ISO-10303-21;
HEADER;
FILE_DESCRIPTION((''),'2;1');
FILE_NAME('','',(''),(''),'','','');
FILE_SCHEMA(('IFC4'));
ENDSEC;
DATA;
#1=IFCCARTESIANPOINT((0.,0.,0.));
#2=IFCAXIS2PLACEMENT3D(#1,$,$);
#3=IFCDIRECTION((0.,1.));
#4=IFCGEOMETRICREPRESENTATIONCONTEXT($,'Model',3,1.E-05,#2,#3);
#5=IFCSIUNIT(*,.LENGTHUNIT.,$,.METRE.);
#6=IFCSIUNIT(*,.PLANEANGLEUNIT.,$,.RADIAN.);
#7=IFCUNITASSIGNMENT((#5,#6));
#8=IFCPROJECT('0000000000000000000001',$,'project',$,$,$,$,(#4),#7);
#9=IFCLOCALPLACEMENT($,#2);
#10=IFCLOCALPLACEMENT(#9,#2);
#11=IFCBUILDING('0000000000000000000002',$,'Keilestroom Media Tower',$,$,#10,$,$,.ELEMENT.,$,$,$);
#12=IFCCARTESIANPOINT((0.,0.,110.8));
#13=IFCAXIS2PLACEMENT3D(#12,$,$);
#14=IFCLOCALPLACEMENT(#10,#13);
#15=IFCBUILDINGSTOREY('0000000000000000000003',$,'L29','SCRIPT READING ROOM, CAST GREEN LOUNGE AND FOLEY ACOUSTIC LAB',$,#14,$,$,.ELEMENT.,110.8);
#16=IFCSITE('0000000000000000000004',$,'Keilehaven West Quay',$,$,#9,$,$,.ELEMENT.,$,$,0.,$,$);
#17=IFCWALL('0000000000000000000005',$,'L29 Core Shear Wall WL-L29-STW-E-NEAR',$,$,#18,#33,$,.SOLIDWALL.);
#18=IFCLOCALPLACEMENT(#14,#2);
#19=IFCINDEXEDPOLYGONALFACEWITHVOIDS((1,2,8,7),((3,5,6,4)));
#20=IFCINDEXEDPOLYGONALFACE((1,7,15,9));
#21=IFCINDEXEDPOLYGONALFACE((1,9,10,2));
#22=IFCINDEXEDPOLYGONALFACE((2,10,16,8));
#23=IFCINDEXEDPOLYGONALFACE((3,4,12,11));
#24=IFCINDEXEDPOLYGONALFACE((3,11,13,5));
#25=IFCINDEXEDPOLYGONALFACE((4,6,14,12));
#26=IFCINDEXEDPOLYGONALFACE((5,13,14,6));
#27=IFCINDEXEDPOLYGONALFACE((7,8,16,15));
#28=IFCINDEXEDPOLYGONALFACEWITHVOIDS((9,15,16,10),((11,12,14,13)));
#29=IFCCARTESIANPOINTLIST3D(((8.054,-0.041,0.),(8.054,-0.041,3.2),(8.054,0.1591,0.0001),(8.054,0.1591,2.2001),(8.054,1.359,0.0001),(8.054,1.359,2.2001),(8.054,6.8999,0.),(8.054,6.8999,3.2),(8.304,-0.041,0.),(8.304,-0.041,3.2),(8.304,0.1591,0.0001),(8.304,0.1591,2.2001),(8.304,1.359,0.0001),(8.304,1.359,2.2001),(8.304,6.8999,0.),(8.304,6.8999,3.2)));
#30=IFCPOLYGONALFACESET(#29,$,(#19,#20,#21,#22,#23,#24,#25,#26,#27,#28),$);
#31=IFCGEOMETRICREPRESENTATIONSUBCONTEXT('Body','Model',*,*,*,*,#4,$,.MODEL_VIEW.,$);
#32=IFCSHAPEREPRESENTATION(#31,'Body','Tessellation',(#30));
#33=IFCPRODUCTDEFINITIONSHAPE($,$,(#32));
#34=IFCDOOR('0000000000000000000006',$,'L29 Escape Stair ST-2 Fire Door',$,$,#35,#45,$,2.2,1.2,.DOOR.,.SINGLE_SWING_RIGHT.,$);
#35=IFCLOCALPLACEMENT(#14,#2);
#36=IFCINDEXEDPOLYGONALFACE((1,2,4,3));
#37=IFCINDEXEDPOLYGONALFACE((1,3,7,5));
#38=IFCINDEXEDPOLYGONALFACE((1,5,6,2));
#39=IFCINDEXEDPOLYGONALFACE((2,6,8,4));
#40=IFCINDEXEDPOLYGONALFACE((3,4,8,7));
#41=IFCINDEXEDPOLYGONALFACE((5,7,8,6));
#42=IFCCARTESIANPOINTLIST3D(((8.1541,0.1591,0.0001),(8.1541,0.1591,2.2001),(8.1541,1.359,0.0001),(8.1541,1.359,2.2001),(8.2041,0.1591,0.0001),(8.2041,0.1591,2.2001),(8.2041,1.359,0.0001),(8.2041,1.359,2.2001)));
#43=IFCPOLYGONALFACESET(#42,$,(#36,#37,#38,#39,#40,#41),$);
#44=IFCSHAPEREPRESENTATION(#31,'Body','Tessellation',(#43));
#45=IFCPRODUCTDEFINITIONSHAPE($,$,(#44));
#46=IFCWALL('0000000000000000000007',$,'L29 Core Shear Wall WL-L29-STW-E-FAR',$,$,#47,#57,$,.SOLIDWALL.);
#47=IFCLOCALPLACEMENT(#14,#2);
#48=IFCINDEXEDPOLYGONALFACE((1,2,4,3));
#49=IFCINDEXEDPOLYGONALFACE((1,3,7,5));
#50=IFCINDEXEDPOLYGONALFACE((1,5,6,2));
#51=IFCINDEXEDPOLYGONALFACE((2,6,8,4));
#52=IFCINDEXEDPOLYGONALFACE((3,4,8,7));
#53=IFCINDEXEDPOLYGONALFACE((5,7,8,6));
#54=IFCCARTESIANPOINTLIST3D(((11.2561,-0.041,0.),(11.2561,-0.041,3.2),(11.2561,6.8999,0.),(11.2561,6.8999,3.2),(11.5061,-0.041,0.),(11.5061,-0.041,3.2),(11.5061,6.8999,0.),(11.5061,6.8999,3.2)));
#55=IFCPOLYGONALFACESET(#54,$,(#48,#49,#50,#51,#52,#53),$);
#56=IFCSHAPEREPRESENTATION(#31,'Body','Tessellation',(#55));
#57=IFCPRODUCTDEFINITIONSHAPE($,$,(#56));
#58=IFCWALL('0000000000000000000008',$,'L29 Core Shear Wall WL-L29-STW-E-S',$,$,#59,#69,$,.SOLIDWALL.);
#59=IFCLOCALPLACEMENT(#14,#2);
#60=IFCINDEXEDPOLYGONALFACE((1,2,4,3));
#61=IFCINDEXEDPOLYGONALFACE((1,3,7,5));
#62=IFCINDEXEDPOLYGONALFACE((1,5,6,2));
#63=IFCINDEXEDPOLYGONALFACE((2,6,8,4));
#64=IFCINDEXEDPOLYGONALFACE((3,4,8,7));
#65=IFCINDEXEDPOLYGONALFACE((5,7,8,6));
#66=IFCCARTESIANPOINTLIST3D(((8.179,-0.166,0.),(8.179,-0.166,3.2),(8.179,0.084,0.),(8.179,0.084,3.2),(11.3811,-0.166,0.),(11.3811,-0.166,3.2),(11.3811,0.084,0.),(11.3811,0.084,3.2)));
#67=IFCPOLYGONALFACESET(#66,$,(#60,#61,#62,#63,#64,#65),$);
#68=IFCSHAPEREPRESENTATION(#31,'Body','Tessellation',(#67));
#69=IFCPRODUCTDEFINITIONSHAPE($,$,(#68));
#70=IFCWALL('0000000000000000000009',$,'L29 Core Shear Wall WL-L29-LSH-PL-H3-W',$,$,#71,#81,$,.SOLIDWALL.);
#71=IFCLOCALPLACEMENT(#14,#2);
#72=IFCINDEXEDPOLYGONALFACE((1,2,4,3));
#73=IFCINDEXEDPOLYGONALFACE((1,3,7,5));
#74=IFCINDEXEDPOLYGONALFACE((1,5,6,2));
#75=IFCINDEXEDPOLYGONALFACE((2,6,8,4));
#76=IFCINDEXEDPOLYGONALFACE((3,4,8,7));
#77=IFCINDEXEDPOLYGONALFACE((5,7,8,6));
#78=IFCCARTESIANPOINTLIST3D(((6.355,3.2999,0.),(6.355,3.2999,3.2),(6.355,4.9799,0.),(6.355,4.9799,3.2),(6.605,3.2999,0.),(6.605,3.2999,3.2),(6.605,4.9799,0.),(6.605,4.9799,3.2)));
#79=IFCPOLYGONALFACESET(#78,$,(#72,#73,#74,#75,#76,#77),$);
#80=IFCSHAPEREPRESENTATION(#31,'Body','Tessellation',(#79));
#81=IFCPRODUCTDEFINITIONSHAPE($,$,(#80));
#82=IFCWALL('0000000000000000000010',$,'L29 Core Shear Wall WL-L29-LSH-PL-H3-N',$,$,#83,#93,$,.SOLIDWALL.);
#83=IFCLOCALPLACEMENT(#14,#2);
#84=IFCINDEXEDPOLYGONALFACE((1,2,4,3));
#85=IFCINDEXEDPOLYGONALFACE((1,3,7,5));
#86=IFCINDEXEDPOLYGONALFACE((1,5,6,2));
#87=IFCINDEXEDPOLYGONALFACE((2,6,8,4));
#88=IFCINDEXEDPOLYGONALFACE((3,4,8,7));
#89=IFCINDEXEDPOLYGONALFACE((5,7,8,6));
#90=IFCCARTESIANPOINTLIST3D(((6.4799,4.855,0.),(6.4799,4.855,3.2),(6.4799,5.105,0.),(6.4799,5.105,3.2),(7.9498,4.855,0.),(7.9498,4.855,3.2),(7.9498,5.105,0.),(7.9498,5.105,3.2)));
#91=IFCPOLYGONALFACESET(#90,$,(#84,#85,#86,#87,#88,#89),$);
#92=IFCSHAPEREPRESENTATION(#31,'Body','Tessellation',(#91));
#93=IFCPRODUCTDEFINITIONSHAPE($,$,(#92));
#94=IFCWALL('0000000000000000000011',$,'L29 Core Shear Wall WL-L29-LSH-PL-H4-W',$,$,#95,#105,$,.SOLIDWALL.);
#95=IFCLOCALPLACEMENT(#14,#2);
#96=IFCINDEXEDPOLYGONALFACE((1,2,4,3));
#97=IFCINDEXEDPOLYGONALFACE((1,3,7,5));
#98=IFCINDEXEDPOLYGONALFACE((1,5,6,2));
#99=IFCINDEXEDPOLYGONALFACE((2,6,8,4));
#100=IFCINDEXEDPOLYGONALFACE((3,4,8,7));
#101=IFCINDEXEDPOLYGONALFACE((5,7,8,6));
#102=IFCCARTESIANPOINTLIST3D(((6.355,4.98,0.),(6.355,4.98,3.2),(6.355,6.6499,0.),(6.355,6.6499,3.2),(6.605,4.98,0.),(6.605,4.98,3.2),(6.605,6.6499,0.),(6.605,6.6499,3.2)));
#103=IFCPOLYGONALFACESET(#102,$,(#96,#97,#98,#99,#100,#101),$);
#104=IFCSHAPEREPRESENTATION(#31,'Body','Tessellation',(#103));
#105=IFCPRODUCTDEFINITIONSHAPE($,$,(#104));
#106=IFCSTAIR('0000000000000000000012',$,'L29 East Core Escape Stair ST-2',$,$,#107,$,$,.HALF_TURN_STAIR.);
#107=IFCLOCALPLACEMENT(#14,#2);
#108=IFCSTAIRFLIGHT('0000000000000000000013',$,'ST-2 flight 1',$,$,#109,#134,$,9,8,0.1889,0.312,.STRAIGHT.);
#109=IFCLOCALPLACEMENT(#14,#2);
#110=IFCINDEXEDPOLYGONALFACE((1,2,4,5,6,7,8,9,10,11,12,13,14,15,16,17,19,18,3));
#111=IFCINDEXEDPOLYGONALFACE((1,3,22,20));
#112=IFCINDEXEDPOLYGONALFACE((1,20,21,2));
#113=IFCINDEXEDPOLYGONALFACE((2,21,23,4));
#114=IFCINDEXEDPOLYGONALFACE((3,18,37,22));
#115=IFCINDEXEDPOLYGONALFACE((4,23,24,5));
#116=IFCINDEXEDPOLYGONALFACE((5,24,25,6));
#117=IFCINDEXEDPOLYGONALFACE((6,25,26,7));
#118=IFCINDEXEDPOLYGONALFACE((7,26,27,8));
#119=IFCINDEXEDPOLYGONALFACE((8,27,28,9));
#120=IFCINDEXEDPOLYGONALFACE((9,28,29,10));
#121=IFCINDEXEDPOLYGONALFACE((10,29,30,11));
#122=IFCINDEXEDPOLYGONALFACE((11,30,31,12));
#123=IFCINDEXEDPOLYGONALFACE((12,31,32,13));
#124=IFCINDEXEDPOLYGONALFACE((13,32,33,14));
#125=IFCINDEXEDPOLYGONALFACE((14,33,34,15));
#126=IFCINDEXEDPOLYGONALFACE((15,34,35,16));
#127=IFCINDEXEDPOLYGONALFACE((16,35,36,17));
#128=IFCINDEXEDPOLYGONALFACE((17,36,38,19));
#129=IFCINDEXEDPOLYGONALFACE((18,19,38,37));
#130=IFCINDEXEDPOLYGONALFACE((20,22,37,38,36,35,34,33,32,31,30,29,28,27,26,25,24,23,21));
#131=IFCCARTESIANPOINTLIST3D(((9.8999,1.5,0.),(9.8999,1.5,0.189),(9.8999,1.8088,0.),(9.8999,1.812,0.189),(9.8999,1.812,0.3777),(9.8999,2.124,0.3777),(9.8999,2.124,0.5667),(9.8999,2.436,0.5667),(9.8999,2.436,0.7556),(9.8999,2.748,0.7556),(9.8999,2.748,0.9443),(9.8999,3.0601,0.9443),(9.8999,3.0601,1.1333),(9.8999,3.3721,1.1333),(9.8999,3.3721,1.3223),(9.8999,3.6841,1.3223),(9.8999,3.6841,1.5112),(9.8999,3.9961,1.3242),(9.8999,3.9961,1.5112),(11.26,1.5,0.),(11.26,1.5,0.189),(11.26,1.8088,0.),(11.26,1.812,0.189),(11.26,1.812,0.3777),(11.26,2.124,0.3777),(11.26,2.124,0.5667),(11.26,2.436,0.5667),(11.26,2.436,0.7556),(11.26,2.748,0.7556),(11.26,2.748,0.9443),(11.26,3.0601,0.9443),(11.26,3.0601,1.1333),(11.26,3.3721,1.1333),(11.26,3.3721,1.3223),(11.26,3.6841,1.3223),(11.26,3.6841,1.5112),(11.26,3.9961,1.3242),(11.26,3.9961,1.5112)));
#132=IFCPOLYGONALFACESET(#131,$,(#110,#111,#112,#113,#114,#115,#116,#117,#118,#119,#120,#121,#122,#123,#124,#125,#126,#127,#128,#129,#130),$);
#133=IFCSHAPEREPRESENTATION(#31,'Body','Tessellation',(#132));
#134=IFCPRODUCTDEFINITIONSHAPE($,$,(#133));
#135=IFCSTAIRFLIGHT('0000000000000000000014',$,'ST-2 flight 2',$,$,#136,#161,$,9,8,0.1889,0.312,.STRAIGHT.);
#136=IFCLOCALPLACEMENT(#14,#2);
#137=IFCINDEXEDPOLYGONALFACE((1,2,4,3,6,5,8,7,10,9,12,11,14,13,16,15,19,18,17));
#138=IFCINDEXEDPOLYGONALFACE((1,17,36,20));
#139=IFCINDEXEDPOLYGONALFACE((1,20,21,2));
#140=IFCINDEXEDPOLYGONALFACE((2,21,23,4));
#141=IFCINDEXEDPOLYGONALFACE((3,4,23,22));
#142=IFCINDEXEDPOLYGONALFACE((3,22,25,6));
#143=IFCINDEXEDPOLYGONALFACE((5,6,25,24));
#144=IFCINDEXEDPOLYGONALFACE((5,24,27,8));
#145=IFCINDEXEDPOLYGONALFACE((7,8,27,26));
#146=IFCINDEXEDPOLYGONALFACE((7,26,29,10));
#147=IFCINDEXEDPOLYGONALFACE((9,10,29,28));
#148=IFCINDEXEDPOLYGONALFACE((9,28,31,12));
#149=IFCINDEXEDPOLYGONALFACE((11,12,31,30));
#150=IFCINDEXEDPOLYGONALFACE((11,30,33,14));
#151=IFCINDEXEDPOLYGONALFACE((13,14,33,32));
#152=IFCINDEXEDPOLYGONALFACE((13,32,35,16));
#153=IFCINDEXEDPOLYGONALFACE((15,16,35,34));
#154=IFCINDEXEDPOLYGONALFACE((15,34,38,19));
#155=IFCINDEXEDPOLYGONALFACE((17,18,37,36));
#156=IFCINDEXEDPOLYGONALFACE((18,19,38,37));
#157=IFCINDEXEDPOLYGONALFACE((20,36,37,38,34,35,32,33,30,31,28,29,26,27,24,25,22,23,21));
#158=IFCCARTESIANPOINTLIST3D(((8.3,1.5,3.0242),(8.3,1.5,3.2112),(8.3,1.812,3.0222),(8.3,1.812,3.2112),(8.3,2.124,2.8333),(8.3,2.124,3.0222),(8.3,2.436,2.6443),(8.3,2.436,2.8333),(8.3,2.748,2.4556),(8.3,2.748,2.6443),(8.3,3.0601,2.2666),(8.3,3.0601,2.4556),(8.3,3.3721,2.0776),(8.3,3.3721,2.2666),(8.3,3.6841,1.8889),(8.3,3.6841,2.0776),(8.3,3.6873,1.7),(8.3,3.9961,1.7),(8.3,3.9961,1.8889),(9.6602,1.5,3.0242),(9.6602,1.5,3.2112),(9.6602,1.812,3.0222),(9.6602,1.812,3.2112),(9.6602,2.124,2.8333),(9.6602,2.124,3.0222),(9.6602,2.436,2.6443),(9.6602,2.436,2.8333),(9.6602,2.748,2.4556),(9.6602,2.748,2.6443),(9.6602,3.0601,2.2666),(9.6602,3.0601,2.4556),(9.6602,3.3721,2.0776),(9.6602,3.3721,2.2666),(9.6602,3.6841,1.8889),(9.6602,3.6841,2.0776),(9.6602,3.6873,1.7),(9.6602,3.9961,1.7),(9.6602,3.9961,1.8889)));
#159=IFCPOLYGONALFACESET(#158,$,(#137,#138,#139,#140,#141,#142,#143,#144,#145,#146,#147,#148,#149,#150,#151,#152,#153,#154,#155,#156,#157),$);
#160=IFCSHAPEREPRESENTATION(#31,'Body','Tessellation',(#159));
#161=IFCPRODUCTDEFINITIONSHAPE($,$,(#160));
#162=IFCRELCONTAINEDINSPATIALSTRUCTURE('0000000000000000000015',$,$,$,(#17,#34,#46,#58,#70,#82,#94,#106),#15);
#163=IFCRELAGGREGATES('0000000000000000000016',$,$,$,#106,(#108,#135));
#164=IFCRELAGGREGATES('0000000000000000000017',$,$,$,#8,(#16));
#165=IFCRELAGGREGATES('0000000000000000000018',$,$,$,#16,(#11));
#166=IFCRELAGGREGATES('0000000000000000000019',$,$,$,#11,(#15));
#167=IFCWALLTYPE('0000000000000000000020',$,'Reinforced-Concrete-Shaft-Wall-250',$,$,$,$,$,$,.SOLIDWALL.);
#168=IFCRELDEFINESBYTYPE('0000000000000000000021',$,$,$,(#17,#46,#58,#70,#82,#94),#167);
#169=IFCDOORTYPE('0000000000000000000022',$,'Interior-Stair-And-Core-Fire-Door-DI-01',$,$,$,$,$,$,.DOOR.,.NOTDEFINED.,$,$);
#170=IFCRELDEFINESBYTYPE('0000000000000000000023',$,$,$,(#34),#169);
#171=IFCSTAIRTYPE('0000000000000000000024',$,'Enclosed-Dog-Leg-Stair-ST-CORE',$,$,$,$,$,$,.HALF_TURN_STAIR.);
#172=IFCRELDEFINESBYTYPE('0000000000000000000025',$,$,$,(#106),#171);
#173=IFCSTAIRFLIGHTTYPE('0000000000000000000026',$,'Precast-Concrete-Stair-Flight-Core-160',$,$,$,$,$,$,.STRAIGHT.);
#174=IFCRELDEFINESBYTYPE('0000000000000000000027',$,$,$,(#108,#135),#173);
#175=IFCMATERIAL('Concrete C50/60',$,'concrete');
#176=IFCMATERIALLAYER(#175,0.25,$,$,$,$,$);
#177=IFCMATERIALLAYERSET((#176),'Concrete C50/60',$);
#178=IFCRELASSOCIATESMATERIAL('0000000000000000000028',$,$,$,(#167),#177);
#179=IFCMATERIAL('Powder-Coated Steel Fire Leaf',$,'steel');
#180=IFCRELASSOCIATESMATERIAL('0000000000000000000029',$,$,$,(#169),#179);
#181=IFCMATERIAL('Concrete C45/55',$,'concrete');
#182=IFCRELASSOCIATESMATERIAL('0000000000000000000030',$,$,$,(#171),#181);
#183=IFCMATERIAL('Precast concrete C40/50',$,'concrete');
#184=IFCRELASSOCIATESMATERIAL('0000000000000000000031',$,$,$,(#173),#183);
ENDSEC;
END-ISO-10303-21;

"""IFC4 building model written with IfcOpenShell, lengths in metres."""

from ifc_helpers import new_model, si_unit, direction, frame, frame_2d, origin, place, context, subcontext, project, spatial, polyline, rectangle, outline, extrude, source, transform, mapped, material, layer, layer_set, type_object, element, fill, aggregate, save


model = new_model("IFC4")

# Units and contexts
model_context = context("Model", 3, precision=1e-05, world=origin(), true_north=direction((0.0, 1.0)))
body_context = subcontext(model_context, "Body", "Model", "MODEL_VIEW")
ifc_project = project(units=[si_unit("LENGTHUNIT", "METRE"), si_unit("PLANEANGLEUNIT", "RADIAN")], contexts=[model_context])

# Site, building, storey
site_placement = place(None, origin())
site = spatial("IfcSite", under=ifc_project, at=site_placement, Name="Keilehaven West Quay", CompositionType="ELEMENT", RefElevation=0.0)
building_placement = place(site_placement, origin())
building = spatial("IfcBuilding", under=site, at=building_placement, Name="Keilestroom Media Tower", CompositionType="ELEMENT")
storey_placement = place(building_placement, frame((0.0, 0.0, 110.8)))
storey = spatial("IfcBuildingStorey", under=building, at=storey_placement, Name="L29", Description="SCRIPT READING ROOM, CAST GREEN LOUNGE AND FOLEY ACOUSTIC LAB", CompositionType="ELEMENT", Elevation=110.8)

# Shared definitions
ifc_material_1 = material(Name="Concrete C50/60", Category="concrete")
ifc_layer_1 = layer(ifc_material_1, 0.25)
ifc_layer_set_1 = layer_set([ifc_layer_1], Name="Concrete C50/60")
wall_type_1 = type_object("IfcWallType", Name="Reinforced-Concrete-Shaft-Wall-250", PredefinedType="SOLIDWALL", material=ifc_layer_set_1)

# Wall, opening, door
wall_1_placement = place(storey_placement, frame((8.179, -0.041, 0.0), z_axis=(0.0, 0.0, 1.0), x_axis=(0.0, 1.0, 0.0)))
wall_1 = element("IfcWall", 1, at=wall_1_placement, inside=storey, type_object=wall_type_1, Name="L29 Core Shear Wall WL-L29-STW-E-NEAR", PredefinedType="SOLIDWALL", context=body_context, shape_type="SweptSolid", body=[
    extrude(rectangle(XDim=6.9409, YDim=0.25, at=frame_2d((3.4705, 0.0))), origin(), (0.0, 0.0, 1.0), 3.2),
])
opening_placement = place(wall_1_placement, frame((0.2, 0.0, 0.0)))
opening = element("IfcOpeningElement", 2, at=opening_placement, cuts=wall_1, PredefinedType="OPENING", context=body_context, shape_type="SweptSolid", body=[
    extrude(rectangle(XDim=1.2, YDim=2.2, at=frame_2d((0.6001, 1.1001))), frame((0.0, 0.135, 0.0), z_axis=(0.0, -1.0, 0.0), x_axis=(1.0, 0.0, 0.0)), (0.0, 0.0, 1.0), 0.27),
])
ifc_material_2 = material(Name="Powder-Coated Steel Fire Leaf", Category="steel")
door_type = type_object("IfcDoorType", Name="Interior-Stair-And-Core-Fire-Door-DI-01", OperationType="NOTDEFINED", PredefinedType="DOOR", material=ifc_material_2)
shared_shape_1 = source(origin(), body_context, "Body", "SweptSolid", [
    extrude(rectangle(XDim=1.2, YDim=2.2, at=frame_2d((0.6001, 1.1001))), frame((0.0, 0.0249, 0.0), z_axis=(0.0, -1.0, 0.0), x_axis=(1.0, 0.0, 0.0)), (0.0, 0.0, 1.0), 0.05),
])
door_placement = place(opening_placement, origin())
door = element("IfcDoor", 3, at=door_placement, inside=storey, type_object=door_type, Name="L29 Escape Stair ST-2 Fire Door", OperationType="SINGLE_SWING_RIGHT", OverallHeight=2.2, OverallWidth=1.2, PredefinedType="DOOR", context=body_context, shape_type="MappedRepresentation", body=[
    mapped(shared_shape_1, transform((0.0, 0.0, 0.0), x_axis=(1.0, 0.0, 0.0), y_axis=(0.0, 1.0, 0.0), z_axis=(0.0, 0.0, 1.0), scale=1.0)),
])
fill(opening, door)

# Walls
wall_2_placement = place(storey_placement, frame((11.3811, -0.041, 0.0), z_axis=(0.0, 0.0, 1.0), x_axis=(0.0, 1.0, 0.0)))
element("IfcWall", 4, at=wall_2_placement, inside=storey, type_object=wall_type_1, Name="L29 Core Shear Wall WL-L29-STW-E-FAR", PredefinedType="SOLIDWALL", context=body_context, shape_type="SweptSolid", body=[
    extrude(rectangle(XDim=6.9409, YDim=0.25, at=frame_2d((3.4705, 0.0))), origin(), (0.0, 0.0, 1.0), 3.2),
])
wall_3_placement = place(storey_placement, frame((8.179, -0.041, 0.0), z_axis=(0.0, 0.0, 1.0), x_axis=(1.0, 0.0, 0.0)))
element("IfcWall", 5, at=wall_3_placement, inside=storey, type_object=wall_type_1, Name="L29 Core Shear Wall WL-L29-STW-E-S", PredefinedType="SOLIDWALL", context=body_context, shape_type="SweptSolid", body=[
    extrude(rectangle(XDim=3.2021, YDim=0.25, at=frame_2d((1.6011, 0.0))), origin(), (0.0, 0.0, 1.0), 3.2),
])
wall_4_placement = place(storey_placement, frame((6.48, 3.3, 0.0), z_axis=(0.0, 0.0, 1.0), x_axis=(0.0, 1.0, 0.0)))
element("IfcWall", 6, at=wall_4_placement, inside=storey, type_object=wall_type_1, Name="L29 Core Shear Wall WL-L29-LSH-PL-H3-W", PredefinedType="SOLIDWALL", context=body_context, shape_type="SweptSolid", body=[
    extrude(rectangle(XDim=1.6799, YDim=0.25, at=frame_2d((0.8398, 0.0))), origin(), (0.0, 0.0, 1.0), 3.2),
])
wall_5_placement = place(storey_placement, frame((6.48, 4.98, 0.0), z_axis=(0.0, 0.0, 1.0), x_axis=(1.0, 0.0, 0.0)))
element("IfcWall", 7, at=wall_5_placement, inside=storey, type_object=wall_type_1, Name="L29 Core Shear Wall WL-L29-LSH-PL-H3-N", PredefinedType="SOLIDWALL", context=body_context, shape_type="SweptSolid", body=[
    extrude(rectangle(XDim=1.47, YDim=0.25, at=frame_2d((0.7349, 0.0))), origin(), (0.0, 0.0, 1.0), 3.2),
])
wall_6_placement = place(storey_placement, frame((6.48, 4.98, 0.0), z_axis=(0.0, 0.0, 1.0), x_axis=(0.0, 1.0, 0.0)))
element("IfcWall", 8, at=wall_6_placement, inside=storey, type_object=wall_type_1, Name="L29 Core Shear Wall WL-L29-LSH-PL-H4-W", PredefinedType="SOLIDWALL", context=body_context, shape_type="SweptSolid", body=[
    extrude(rectangle(XDim=1.6699, YDim=0.25, at=frame_2d((0.835, 0.0))), origin(), (0.0, 0.0, 1.0), 3.2),
])

# Stair, stair flights
ifc_material_3 = material(Name="Concrete C45/55", Category="concrete")
stair_type = type_object("IfcStairType", Name="Enclosed-Dog-Leg-Stair-ST-CORE", PredefinedType="HALF_TURN_STAIR", material=ifc_material_3)
stair_placement = place(storey_placement, origin())
stair = element("IfcStair", 9, at=stair_placement, inside=storey, type_object=stair_type, Name="L29 East Core Escape Stair ST-2", PredefinedType="HALF_TURN_STAIR")
ifc_material_4 = material(Name="Precast concrete C40/50", Category="concrete")
stair_flight_type = type_object("IfcStairFlightType", Name="Precast-Concrete-Stair-Flight-Core-160", PredefinedType="STRAIGHT", material=ifc_material_4)
stair_flight_1_placement = place(storey_placement, frame((10.5801, 1.5, 0.0), z_axis=(0.0, 0.0, 1.0), x_axis=(0.0, 1.0, 0.0)))
stair_flight_1 = element("IfcStairFlight", 10, at=stair_flight_1_placement, type_object=stair_flight_type, Name="ST-2 flight 1", NumberOfRisers=9, NumberOfTreads=8, PredefinedType="STRAIGHT", RiserHeight=0.1889, TreadLength=0.312, context=body_context, shape_type="SweptSolid", body=[
    extrude(outline(polyline([(0.0, 0.0), (0.0, 0.189), (0.312, 0.189), (0.312, 0.3777), (0.624, 0.3777), (0.624, 0.5667), (0.936, 0.5667), (0.936, 0.7556), (1.248, 0.7556), (1.248, 0.9443), (1.5601, 0.9443), (1.5601, 1.1333), (1.8721, 1.1333), (1.8721, 1.3223), (2.1841, 1.3223), (2.1841, 1.5112), (2.4961, 1.5112), (2.4961, 1.7), (2.4961, 1.3242), (0.3088, 0.0), (0.0, 0.0)])), frame((0.0, 0.6802, 0.0), z_axis=(0.0, -1.0, 0.0), x_axis=(1.0, 0.0, 0.0)), (0.0, 0.0, 1.0), 1.3601),
])
stair_flight_2_placement = place(storey_placement, frame((8.98, 3.9961, 1.7), z_axis=(0.0, 0.0, 1.0), x_axis=(0.0, -1.0, 0.0)))
stair_flight_2 = element("IfcStairFlight", 11, at=stair_flight_2_placement, type_object=stair_flight_type, Name="ST-2 flight 2", NumberOfRisers=9, NumberOfTreads=8, PredefinedType="STRAIGHT", RiserHeight=0.1889, TreadLength=0.312, context=body_context, shape_type="SweptSolid", body=[
    extrude(outline(polyline([(0.0, 0.0), (0.0, 0.189), (0.312, 0.189), (0.312, 0.3777), (0.624, 0.3777), (0.624, 0.5667), (0.936, 0.5667), (0.936, 0.7556), (1.248, 0.7556), (1.248, 0.9443), (1.5601, 0.9443), (1.5601, 1.1333), (1.8721, 1.1333), (1.8721, 1.3223), (2.1841, 1.3223), (2.1841, 1.5112), (2.4961, 1.5112), (2.4961, 1.7), (2.4961, 1.3242), (0.3088, 0.0), (0.0, 0.0)])), frame((0.0, 0.6802, 0.0), z_axis=(0.0, -1.0, 0.0), x_axis=(1.0, 0.0, 0.0)), (0.0, 0.0, 1.0), 1.3601),
])
aggregate(stair, [stair_flight_1, stair_flight_2])

save(model, "model.ifc")
